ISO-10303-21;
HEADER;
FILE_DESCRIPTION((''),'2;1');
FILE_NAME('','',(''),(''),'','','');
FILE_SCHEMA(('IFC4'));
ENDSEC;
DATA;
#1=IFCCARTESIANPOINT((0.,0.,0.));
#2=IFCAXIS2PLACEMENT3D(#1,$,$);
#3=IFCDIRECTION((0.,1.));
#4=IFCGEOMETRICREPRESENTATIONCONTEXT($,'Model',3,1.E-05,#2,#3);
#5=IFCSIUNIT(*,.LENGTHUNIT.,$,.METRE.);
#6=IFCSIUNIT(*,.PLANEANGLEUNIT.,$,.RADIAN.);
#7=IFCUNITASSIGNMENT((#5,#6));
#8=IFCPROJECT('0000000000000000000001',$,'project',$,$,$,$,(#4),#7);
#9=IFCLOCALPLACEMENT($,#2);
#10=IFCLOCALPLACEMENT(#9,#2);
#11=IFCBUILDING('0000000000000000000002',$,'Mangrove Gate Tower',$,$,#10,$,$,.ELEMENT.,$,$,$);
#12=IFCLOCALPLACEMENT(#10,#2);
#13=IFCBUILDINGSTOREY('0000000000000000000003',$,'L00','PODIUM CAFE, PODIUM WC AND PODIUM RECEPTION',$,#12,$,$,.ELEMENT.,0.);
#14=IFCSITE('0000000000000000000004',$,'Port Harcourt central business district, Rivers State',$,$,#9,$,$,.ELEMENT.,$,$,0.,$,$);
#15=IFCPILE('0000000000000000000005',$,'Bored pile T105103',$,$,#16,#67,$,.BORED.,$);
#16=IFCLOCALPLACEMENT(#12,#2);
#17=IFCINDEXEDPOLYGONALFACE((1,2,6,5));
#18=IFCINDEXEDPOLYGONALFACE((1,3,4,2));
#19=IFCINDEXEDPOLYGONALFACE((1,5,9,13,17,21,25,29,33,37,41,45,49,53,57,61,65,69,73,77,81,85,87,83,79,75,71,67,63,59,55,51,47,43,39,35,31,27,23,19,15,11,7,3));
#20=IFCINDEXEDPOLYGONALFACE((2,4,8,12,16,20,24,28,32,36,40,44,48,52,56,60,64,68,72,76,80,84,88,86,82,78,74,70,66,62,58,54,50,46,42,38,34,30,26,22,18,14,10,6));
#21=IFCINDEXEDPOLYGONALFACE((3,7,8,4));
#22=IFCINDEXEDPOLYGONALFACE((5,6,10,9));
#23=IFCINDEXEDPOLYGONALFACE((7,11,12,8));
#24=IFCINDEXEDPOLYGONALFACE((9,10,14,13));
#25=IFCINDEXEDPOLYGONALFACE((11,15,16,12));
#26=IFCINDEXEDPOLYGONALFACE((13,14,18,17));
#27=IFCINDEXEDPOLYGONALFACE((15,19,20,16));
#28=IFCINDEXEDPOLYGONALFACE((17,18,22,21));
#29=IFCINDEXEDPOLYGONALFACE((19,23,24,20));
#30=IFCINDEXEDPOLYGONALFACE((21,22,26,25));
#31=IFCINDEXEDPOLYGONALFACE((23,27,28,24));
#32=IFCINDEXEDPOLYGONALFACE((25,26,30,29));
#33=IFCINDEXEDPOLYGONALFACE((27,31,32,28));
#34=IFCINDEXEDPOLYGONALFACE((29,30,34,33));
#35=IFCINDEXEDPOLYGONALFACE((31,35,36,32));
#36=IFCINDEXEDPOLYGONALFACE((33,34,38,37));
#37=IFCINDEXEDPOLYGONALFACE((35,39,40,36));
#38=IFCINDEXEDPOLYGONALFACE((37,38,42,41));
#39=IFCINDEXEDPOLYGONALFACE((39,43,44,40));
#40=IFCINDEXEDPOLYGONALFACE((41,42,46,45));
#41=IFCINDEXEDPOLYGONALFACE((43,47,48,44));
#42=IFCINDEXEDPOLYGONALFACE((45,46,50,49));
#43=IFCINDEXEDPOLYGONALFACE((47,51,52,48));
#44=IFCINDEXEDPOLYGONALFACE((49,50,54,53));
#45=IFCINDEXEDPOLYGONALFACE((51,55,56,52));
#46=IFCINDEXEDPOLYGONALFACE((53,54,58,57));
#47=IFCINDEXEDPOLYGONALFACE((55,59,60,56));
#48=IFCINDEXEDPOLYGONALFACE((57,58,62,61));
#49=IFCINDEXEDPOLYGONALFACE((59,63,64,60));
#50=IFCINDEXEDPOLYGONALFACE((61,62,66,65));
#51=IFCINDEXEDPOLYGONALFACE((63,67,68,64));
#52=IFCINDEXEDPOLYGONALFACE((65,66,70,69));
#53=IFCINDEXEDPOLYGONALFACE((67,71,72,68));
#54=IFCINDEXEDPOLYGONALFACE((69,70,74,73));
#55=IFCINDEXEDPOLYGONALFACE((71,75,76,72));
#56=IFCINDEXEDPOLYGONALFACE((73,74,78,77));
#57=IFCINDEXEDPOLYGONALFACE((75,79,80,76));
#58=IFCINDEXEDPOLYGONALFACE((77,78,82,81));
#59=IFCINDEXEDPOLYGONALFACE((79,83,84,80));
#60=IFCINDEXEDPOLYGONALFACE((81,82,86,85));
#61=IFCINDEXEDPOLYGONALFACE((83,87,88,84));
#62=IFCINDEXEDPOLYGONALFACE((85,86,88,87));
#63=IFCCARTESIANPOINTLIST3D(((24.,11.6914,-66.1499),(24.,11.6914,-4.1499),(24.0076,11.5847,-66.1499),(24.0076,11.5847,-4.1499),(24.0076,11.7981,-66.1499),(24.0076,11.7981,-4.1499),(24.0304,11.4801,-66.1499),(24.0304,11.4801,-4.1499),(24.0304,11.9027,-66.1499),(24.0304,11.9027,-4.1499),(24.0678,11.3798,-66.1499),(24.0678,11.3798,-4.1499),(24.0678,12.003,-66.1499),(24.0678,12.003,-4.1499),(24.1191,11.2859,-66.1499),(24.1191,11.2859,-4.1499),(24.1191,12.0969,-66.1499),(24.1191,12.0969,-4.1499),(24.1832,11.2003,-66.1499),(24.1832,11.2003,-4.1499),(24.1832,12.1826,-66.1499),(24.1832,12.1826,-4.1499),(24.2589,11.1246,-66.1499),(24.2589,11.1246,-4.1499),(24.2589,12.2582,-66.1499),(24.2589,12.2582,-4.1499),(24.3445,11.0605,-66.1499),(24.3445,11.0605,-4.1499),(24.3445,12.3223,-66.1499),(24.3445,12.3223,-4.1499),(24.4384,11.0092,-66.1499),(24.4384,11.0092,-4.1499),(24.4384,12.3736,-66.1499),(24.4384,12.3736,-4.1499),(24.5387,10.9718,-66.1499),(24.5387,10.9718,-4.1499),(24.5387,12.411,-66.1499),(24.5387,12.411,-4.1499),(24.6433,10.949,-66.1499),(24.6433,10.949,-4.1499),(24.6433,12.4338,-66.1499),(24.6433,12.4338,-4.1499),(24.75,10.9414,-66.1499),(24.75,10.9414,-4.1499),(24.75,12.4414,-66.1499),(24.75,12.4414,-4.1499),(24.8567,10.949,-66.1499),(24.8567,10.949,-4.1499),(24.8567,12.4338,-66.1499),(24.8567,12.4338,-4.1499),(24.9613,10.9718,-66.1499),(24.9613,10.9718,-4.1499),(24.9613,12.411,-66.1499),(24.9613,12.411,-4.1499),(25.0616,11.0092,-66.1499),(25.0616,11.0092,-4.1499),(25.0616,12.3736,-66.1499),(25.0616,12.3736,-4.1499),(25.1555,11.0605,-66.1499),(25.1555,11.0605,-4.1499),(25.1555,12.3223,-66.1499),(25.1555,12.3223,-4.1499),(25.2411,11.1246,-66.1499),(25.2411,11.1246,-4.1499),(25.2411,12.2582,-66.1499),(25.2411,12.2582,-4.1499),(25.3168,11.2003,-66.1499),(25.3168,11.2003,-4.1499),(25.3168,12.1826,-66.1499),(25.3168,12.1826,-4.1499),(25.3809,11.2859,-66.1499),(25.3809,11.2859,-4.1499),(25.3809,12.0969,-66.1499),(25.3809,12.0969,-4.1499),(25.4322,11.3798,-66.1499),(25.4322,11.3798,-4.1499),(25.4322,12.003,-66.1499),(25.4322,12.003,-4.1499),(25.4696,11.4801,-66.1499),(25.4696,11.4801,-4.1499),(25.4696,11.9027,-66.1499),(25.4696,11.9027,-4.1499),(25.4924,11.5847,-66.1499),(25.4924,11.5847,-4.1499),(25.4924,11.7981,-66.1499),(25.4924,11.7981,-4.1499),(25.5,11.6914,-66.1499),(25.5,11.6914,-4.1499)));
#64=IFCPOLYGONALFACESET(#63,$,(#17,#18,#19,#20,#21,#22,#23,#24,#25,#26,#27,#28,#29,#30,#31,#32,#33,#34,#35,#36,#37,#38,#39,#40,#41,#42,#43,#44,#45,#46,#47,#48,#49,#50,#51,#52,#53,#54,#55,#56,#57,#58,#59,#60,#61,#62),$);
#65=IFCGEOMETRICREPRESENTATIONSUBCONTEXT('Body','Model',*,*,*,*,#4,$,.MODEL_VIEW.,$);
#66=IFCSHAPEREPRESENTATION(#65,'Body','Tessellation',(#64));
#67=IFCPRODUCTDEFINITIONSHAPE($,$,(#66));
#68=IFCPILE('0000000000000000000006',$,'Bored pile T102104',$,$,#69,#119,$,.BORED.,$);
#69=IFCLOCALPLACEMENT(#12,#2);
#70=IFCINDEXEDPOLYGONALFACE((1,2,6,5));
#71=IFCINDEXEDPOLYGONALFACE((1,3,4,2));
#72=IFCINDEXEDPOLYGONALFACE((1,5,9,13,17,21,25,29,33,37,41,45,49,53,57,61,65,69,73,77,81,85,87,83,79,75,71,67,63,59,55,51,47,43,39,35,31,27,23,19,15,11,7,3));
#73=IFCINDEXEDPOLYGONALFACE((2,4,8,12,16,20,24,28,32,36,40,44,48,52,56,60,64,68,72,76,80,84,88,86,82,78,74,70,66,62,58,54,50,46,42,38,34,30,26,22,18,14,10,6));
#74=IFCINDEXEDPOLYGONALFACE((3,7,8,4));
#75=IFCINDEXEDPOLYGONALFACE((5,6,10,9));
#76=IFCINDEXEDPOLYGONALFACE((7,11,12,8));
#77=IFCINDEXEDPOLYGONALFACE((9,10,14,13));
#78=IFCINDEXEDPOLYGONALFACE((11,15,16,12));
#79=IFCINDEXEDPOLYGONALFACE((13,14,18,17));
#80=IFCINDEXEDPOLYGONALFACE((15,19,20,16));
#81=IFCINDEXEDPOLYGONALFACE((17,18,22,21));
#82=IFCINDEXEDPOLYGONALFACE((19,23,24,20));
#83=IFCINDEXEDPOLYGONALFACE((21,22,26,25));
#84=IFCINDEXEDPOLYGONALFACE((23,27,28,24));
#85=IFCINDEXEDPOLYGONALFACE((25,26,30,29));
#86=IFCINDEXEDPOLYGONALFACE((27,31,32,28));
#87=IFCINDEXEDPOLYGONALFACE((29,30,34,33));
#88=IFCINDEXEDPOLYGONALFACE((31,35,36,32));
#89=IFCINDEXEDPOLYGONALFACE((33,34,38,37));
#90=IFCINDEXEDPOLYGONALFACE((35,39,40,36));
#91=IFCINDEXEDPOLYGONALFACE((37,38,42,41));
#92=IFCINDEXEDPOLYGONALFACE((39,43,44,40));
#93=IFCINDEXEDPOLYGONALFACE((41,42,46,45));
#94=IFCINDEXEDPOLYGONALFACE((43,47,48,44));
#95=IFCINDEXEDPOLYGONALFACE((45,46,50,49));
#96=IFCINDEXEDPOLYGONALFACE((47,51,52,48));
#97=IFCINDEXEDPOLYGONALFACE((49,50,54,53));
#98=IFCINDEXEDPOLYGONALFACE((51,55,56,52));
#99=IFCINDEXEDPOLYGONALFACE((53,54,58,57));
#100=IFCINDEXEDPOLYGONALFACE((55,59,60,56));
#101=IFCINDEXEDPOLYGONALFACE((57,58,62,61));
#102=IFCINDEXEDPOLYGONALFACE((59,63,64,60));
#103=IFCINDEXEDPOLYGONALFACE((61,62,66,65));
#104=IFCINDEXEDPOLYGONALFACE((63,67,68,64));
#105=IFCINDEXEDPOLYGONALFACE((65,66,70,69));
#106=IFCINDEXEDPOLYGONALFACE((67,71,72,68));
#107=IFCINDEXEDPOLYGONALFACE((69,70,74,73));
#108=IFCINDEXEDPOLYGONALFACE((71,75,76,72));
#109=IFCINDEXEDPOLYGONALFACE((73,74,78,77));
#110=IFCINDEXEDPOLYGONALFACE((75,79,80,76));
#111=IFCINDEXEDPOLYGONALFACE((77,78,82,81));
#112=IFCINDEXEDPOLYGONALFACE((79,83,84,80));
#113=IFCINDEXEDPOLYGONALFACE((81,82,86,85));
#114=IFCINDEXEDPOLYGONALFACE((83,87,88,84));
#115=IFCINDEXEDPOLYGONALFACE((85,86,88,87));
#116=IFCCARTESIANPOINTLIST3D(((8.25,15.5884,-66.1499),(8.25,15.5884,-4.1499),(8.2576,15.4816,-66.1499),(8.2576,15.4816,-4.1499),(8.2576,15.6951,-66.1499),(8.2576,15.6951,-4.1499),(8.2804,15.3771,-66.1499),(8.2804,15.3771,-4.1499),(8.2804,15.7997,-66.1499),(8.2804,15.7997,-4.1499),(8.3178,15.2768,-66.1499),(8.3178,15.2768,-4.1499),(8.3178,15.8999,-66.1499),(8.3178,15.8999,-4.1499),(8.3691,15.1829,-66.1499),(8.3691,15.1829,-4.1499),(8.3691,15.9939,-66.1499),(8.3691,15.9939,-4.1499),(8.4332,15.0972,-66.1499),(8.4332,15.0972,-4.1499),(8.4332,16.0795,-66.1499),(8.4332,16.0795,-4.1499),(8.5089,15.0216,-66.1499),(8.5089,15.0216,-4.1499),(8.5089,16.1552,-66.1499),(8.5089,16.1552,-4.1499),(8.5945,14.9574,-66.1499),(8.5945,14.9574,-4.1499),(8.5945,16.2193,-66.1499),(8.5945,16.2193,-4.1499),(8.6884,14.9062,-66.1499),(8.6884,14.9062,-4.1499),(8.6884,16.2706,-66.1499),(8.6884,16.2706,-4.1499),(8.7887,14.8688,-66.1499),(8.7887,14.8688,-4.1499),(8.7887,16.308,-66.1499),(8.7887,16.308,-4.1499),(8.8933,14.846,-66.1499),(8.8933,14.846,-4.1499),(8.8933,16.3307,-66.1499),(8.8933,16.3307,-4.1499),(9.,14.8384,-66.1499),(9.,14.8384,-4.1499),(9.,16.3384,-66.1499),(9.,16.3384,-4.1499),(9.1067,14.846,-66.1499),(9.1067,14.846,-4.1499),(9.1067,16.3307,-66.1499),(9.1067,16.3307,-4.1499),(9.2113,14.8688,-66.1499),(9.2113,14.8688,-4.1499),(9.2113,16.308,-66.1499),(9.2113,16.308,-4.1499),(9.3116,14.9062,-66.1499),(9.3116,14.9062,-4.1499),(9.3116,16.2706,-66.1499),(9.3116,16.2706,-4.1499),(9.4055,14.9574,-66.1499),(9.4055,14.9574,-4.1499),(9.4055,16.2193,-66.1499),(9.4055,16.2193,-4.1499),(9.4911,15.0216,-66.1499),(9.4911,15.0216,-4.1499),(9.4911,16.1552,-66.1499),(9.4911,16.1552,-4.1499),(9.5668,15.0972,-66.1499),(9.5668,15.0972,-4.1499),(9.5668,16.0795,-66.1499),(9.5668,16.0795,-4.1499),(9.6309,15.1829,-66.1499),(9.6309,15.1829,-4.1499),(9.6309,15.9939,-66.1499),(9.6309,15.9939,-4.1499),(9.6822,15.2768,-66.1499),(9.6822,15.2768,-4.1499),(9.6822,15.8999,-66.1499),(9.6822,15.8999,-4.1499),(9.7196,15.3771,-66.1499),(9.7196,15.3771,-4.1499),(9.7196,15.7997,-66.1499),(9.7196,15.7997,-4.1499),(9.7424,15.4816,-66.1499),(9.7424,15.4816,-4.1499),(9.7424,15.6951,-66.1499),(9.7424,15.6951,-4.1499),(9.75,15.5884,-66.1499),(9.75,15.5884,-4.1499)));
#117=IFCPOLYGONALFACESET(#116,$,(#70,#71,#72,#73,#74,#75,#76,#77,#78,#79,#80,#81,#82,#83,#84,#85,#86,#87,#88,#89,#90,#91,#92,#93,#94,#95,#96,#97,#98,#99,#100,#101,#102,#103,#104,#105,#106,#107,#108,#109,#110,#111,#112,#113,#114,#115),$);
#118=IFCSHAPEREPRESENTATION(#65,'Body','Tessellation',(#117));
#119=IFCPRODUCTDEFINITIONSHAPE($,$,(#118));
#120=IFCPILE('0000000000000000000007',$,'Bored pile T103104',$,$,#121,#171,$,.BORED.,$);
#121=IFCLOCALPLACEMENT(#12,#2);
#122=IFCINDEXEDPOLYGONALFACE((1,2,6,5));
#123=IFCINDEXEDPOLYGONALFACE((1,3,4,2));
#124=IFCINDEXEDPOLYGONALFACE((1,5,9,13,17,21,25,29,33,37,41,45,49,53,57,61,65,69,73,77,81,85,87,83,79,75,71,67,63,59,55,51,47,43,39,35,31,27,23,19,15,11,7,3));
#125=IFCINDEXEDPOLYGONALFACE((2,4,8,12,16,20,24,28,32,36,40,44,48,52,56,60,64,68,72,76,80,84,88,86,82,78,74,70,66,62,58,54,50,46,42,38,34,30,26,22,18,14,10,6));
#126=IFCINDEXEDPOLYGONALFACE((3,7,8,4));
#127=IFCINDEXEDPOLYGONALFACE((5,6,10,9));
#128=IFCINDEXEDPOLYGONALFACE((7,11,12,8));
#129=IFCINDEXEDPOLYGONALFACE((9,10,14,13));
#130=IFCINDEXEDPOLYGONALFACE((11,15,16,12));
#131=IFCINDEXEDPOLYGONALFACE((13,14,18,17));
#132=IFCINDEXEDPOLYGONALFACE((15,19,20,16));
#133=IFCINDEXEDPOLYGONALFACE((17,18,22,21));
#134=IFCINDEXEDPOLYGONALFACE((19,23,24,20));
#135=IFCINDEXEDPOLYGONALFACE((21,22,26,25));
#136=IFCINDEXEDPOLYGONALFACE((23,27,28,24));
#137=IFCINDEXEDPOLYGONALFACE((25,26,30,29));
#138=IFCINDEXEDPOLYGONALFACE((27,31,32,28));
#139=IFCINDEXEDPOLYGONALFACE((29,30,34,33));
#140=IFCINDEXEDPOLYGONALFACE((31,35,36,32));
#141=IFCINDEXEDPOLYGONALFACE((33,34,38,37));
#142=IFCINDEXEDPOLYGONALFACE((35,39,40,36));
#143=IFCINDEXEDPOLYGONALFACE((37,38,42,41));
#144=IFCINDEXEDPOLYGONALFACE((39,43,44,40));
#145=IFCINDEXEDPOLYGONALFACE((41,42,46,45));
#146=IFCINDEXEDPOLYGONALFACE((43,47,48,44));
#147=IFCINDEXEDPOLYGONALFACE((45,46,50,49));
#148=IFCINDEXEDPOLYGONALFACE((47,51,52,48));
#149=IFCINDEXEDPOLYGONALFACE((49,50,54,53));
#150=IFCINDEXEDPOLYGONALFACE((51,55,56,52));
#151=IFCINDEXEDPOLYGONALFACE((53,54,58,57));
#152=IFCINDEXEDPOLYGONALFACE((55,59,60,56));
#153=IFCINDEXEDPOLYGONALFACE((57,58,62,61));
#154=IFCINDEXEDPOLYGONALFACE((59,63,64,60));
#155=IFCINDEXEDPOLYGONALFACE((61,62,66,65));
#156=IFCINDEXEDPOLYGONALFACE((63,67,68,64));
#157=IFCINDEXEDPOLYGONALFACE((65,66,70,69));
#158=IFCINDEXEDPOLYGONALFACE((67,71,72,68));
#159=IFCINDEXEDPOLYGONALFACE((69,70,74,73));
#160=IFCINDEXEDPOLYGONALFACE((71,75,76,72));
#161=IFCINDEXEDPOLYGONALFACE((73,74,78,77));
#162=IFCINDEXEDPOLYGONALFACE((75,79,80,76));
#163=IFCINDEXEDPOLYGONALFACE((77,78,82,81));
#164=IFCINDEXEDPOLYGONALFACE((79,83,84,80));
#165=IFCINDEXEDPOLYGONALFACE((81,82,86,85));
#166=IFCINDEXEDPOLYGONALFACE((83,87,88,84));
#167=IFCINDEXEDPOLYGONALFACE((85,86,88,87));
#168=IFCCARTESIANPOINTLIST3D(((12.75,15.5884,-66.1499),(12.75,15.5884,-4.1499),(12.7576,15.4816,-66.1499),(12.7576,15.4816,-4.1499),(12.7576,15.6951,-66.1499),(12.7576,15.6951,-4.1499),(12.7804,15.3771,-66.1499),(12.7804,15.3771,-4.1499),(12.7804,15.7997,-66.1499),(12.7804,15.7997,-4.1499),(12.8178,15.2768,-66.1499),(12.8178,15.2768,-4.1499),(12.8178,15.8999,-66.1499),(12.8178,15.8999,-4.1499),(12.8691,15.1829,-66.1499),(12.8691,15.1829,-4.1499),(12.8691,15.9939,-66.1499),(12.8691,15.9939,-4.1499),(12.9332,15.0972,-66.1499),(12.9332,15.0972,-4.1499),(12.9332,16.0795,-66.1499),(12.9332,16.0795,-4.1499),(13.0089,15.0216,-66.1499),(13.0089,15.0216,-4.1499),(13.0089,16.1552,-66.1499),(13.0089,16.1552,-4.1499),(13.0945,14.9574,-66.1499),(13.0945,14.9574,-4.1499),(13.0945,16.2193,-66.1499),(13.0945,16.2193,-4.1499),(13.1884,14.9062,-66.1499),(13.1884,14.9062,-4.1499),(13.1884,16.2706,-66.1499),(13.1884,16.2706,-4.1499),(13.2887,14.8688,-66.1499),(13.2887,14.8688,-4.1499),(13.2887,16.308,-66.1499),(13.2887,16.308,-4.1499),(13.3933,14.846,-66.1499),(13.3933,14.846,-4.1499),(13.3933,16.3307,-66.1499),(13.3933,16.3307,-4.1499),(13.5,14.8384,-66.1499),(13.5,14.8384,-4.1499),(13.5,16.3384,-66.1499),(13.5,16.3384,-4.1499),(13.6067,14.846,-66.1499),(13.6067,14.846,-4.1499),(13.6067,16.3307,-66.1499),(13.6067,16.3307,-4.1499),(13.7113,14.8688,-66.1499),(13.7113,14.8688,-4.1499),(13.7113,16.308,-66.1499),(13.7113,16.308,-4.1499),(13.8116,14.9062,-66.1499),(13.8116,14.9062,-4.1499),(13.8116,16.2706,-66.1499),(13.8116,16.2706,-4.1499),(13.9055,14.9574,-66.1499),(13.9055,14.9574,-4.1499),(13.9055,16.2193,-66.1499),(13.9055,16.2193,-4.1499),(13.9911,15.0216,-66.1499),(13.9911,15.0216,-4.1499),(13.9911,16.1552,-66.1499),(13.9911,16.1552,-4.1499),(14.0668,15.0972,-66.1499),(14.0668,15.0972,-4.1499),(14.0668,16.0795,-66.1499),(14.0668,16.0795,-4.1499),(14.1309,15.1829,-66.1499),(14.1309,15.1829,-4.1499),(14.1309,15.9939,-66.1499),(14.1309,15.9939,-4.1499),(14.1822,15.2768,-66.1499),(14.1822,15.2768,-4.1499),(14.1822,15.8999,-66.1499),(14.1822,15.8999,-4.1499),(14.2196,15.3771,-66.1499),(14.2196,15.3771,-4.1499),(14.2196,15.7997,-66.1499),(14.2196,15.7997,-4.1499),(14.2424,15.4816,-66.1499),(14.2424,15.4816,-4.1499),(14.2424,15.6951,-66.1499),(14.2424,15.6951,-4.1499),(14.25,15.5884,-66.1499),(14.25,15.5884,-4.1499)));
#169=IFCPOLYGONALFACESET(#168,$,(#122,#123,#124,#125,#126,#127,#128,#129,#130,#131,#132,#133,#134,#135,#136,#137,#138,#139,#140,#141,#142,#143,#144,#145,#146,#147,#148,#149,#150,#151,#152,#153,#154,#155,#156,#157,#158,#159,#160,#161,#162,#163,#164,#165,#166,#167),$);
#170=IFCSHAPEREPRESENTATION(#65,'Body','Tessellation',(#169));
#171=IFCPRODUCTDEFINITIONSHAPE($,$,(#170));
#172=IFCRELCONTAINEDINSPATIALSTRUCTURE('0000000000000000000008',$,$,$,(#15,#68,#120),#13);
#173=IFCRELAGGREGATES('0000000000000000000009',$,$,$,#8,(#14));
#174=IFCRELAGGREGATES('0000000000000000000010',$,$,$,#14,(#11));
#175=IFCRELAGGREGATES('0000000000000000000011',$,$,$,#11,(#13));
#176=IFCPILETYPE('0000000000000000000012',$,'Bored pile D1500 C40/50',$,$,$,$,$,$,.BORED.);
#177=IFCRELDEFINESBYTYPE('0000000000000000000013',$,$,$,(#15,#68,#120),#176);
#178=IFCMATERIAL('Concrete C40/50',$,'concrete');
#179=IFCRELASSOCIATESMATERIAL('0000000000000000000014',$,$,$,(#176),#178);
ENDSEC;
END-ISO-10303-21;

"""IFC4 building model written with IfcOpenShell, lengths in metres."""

from ifc_helpers import new_model, si_unit, direction, frame, origin, origin_2d, place, context, subcontext, project, spatial, circle, extrude, material, material_profile, profile_set, type_object, element, save


model = new_model("IFC4")

# Units and contexts
model_context = context("Model", 3, precision=1e-05, world=origin(), true_north=direction((0.0, 1.0)))
body_context = subcontext(model_context, "Body", "Model", "MODEL_VIEW")
ifc_project = project(units=[si_unit("LENGTHUNIT", "METRE"), si_unit("PLANEANGLEUNIT", "RADIAN")], contexts=[model_context])

# Site, building, storey
site_placement = place(None, origin())
site = spatial("IfcSite", under=ifc_project, at=site_placement, Name="Port Harcourt central business district, Rivers State", CompositionType="ELEMENT", RefElevation=0.0)
building_placement = place(site_placement, origin())
building = spatial("IfcBuilding", under=site, at=building_placement, Name="Mangrove Gate Tower", CompositionType="ELEMENT")
storey_placement = place(building_placement, origin())
storey = spatial("IfcBuildingStorey", under=building, at=storey_placement, Name="L00", Description="PODIUM CAFE, PODIUM WC AND PODIUM RECEPTION", CompositionType="ELEMENT", Elevation=0.0)

# Piles
ifc_material_1 = material(Name="Concrete C40/50", Category="concrete")
ifc_material_profile_1 = material_profile(ifc_material_1, circle(Radius=0.75, at=origin_2d()))
ifc_profile_set_1 = profile_set([ifc_material_profile_1], Name="Concrete C40/50")
pile_type = type_object("IfcPileType", Name="Bored pile D1500 C40/50", PredefinedType="BORED", material=ifc_profile_set_1)
for number, where, z_axis, x_axis, name in (
    (1, (24.75, 11.6914, -4.1499), (0.0, 0.0, -1.0), (1.0, 0.0, 0.0), "Bored pile T105103"),
    (2, (9.0, 15.5884, -4.1499), (0.0, 0.0, -1.0), (1.0, 0.0, 0.0), "Bored pile T102104"),
    (3, (13.5, 15.5884, -4.1499), (0.0, 0.0, -1.0), (1.0, 0.0, 0.0), "Bored pile T103104"),
):
    element("IfcPile", number, at=place(storey_placement, frame(where, z_axis=z_axis, x_axis=x_axis)), inside=storey, type_object=pile_type, Name=name, PredefinedType="BORED", context=body_context, shape_type="SweptSolid", body=[
        extrude(circle(Radius=0.75, at=origin_2d()), origin(), (0.0, 0.0, 1.0), 62.0),
    ])

save(model, "model.ifc")
